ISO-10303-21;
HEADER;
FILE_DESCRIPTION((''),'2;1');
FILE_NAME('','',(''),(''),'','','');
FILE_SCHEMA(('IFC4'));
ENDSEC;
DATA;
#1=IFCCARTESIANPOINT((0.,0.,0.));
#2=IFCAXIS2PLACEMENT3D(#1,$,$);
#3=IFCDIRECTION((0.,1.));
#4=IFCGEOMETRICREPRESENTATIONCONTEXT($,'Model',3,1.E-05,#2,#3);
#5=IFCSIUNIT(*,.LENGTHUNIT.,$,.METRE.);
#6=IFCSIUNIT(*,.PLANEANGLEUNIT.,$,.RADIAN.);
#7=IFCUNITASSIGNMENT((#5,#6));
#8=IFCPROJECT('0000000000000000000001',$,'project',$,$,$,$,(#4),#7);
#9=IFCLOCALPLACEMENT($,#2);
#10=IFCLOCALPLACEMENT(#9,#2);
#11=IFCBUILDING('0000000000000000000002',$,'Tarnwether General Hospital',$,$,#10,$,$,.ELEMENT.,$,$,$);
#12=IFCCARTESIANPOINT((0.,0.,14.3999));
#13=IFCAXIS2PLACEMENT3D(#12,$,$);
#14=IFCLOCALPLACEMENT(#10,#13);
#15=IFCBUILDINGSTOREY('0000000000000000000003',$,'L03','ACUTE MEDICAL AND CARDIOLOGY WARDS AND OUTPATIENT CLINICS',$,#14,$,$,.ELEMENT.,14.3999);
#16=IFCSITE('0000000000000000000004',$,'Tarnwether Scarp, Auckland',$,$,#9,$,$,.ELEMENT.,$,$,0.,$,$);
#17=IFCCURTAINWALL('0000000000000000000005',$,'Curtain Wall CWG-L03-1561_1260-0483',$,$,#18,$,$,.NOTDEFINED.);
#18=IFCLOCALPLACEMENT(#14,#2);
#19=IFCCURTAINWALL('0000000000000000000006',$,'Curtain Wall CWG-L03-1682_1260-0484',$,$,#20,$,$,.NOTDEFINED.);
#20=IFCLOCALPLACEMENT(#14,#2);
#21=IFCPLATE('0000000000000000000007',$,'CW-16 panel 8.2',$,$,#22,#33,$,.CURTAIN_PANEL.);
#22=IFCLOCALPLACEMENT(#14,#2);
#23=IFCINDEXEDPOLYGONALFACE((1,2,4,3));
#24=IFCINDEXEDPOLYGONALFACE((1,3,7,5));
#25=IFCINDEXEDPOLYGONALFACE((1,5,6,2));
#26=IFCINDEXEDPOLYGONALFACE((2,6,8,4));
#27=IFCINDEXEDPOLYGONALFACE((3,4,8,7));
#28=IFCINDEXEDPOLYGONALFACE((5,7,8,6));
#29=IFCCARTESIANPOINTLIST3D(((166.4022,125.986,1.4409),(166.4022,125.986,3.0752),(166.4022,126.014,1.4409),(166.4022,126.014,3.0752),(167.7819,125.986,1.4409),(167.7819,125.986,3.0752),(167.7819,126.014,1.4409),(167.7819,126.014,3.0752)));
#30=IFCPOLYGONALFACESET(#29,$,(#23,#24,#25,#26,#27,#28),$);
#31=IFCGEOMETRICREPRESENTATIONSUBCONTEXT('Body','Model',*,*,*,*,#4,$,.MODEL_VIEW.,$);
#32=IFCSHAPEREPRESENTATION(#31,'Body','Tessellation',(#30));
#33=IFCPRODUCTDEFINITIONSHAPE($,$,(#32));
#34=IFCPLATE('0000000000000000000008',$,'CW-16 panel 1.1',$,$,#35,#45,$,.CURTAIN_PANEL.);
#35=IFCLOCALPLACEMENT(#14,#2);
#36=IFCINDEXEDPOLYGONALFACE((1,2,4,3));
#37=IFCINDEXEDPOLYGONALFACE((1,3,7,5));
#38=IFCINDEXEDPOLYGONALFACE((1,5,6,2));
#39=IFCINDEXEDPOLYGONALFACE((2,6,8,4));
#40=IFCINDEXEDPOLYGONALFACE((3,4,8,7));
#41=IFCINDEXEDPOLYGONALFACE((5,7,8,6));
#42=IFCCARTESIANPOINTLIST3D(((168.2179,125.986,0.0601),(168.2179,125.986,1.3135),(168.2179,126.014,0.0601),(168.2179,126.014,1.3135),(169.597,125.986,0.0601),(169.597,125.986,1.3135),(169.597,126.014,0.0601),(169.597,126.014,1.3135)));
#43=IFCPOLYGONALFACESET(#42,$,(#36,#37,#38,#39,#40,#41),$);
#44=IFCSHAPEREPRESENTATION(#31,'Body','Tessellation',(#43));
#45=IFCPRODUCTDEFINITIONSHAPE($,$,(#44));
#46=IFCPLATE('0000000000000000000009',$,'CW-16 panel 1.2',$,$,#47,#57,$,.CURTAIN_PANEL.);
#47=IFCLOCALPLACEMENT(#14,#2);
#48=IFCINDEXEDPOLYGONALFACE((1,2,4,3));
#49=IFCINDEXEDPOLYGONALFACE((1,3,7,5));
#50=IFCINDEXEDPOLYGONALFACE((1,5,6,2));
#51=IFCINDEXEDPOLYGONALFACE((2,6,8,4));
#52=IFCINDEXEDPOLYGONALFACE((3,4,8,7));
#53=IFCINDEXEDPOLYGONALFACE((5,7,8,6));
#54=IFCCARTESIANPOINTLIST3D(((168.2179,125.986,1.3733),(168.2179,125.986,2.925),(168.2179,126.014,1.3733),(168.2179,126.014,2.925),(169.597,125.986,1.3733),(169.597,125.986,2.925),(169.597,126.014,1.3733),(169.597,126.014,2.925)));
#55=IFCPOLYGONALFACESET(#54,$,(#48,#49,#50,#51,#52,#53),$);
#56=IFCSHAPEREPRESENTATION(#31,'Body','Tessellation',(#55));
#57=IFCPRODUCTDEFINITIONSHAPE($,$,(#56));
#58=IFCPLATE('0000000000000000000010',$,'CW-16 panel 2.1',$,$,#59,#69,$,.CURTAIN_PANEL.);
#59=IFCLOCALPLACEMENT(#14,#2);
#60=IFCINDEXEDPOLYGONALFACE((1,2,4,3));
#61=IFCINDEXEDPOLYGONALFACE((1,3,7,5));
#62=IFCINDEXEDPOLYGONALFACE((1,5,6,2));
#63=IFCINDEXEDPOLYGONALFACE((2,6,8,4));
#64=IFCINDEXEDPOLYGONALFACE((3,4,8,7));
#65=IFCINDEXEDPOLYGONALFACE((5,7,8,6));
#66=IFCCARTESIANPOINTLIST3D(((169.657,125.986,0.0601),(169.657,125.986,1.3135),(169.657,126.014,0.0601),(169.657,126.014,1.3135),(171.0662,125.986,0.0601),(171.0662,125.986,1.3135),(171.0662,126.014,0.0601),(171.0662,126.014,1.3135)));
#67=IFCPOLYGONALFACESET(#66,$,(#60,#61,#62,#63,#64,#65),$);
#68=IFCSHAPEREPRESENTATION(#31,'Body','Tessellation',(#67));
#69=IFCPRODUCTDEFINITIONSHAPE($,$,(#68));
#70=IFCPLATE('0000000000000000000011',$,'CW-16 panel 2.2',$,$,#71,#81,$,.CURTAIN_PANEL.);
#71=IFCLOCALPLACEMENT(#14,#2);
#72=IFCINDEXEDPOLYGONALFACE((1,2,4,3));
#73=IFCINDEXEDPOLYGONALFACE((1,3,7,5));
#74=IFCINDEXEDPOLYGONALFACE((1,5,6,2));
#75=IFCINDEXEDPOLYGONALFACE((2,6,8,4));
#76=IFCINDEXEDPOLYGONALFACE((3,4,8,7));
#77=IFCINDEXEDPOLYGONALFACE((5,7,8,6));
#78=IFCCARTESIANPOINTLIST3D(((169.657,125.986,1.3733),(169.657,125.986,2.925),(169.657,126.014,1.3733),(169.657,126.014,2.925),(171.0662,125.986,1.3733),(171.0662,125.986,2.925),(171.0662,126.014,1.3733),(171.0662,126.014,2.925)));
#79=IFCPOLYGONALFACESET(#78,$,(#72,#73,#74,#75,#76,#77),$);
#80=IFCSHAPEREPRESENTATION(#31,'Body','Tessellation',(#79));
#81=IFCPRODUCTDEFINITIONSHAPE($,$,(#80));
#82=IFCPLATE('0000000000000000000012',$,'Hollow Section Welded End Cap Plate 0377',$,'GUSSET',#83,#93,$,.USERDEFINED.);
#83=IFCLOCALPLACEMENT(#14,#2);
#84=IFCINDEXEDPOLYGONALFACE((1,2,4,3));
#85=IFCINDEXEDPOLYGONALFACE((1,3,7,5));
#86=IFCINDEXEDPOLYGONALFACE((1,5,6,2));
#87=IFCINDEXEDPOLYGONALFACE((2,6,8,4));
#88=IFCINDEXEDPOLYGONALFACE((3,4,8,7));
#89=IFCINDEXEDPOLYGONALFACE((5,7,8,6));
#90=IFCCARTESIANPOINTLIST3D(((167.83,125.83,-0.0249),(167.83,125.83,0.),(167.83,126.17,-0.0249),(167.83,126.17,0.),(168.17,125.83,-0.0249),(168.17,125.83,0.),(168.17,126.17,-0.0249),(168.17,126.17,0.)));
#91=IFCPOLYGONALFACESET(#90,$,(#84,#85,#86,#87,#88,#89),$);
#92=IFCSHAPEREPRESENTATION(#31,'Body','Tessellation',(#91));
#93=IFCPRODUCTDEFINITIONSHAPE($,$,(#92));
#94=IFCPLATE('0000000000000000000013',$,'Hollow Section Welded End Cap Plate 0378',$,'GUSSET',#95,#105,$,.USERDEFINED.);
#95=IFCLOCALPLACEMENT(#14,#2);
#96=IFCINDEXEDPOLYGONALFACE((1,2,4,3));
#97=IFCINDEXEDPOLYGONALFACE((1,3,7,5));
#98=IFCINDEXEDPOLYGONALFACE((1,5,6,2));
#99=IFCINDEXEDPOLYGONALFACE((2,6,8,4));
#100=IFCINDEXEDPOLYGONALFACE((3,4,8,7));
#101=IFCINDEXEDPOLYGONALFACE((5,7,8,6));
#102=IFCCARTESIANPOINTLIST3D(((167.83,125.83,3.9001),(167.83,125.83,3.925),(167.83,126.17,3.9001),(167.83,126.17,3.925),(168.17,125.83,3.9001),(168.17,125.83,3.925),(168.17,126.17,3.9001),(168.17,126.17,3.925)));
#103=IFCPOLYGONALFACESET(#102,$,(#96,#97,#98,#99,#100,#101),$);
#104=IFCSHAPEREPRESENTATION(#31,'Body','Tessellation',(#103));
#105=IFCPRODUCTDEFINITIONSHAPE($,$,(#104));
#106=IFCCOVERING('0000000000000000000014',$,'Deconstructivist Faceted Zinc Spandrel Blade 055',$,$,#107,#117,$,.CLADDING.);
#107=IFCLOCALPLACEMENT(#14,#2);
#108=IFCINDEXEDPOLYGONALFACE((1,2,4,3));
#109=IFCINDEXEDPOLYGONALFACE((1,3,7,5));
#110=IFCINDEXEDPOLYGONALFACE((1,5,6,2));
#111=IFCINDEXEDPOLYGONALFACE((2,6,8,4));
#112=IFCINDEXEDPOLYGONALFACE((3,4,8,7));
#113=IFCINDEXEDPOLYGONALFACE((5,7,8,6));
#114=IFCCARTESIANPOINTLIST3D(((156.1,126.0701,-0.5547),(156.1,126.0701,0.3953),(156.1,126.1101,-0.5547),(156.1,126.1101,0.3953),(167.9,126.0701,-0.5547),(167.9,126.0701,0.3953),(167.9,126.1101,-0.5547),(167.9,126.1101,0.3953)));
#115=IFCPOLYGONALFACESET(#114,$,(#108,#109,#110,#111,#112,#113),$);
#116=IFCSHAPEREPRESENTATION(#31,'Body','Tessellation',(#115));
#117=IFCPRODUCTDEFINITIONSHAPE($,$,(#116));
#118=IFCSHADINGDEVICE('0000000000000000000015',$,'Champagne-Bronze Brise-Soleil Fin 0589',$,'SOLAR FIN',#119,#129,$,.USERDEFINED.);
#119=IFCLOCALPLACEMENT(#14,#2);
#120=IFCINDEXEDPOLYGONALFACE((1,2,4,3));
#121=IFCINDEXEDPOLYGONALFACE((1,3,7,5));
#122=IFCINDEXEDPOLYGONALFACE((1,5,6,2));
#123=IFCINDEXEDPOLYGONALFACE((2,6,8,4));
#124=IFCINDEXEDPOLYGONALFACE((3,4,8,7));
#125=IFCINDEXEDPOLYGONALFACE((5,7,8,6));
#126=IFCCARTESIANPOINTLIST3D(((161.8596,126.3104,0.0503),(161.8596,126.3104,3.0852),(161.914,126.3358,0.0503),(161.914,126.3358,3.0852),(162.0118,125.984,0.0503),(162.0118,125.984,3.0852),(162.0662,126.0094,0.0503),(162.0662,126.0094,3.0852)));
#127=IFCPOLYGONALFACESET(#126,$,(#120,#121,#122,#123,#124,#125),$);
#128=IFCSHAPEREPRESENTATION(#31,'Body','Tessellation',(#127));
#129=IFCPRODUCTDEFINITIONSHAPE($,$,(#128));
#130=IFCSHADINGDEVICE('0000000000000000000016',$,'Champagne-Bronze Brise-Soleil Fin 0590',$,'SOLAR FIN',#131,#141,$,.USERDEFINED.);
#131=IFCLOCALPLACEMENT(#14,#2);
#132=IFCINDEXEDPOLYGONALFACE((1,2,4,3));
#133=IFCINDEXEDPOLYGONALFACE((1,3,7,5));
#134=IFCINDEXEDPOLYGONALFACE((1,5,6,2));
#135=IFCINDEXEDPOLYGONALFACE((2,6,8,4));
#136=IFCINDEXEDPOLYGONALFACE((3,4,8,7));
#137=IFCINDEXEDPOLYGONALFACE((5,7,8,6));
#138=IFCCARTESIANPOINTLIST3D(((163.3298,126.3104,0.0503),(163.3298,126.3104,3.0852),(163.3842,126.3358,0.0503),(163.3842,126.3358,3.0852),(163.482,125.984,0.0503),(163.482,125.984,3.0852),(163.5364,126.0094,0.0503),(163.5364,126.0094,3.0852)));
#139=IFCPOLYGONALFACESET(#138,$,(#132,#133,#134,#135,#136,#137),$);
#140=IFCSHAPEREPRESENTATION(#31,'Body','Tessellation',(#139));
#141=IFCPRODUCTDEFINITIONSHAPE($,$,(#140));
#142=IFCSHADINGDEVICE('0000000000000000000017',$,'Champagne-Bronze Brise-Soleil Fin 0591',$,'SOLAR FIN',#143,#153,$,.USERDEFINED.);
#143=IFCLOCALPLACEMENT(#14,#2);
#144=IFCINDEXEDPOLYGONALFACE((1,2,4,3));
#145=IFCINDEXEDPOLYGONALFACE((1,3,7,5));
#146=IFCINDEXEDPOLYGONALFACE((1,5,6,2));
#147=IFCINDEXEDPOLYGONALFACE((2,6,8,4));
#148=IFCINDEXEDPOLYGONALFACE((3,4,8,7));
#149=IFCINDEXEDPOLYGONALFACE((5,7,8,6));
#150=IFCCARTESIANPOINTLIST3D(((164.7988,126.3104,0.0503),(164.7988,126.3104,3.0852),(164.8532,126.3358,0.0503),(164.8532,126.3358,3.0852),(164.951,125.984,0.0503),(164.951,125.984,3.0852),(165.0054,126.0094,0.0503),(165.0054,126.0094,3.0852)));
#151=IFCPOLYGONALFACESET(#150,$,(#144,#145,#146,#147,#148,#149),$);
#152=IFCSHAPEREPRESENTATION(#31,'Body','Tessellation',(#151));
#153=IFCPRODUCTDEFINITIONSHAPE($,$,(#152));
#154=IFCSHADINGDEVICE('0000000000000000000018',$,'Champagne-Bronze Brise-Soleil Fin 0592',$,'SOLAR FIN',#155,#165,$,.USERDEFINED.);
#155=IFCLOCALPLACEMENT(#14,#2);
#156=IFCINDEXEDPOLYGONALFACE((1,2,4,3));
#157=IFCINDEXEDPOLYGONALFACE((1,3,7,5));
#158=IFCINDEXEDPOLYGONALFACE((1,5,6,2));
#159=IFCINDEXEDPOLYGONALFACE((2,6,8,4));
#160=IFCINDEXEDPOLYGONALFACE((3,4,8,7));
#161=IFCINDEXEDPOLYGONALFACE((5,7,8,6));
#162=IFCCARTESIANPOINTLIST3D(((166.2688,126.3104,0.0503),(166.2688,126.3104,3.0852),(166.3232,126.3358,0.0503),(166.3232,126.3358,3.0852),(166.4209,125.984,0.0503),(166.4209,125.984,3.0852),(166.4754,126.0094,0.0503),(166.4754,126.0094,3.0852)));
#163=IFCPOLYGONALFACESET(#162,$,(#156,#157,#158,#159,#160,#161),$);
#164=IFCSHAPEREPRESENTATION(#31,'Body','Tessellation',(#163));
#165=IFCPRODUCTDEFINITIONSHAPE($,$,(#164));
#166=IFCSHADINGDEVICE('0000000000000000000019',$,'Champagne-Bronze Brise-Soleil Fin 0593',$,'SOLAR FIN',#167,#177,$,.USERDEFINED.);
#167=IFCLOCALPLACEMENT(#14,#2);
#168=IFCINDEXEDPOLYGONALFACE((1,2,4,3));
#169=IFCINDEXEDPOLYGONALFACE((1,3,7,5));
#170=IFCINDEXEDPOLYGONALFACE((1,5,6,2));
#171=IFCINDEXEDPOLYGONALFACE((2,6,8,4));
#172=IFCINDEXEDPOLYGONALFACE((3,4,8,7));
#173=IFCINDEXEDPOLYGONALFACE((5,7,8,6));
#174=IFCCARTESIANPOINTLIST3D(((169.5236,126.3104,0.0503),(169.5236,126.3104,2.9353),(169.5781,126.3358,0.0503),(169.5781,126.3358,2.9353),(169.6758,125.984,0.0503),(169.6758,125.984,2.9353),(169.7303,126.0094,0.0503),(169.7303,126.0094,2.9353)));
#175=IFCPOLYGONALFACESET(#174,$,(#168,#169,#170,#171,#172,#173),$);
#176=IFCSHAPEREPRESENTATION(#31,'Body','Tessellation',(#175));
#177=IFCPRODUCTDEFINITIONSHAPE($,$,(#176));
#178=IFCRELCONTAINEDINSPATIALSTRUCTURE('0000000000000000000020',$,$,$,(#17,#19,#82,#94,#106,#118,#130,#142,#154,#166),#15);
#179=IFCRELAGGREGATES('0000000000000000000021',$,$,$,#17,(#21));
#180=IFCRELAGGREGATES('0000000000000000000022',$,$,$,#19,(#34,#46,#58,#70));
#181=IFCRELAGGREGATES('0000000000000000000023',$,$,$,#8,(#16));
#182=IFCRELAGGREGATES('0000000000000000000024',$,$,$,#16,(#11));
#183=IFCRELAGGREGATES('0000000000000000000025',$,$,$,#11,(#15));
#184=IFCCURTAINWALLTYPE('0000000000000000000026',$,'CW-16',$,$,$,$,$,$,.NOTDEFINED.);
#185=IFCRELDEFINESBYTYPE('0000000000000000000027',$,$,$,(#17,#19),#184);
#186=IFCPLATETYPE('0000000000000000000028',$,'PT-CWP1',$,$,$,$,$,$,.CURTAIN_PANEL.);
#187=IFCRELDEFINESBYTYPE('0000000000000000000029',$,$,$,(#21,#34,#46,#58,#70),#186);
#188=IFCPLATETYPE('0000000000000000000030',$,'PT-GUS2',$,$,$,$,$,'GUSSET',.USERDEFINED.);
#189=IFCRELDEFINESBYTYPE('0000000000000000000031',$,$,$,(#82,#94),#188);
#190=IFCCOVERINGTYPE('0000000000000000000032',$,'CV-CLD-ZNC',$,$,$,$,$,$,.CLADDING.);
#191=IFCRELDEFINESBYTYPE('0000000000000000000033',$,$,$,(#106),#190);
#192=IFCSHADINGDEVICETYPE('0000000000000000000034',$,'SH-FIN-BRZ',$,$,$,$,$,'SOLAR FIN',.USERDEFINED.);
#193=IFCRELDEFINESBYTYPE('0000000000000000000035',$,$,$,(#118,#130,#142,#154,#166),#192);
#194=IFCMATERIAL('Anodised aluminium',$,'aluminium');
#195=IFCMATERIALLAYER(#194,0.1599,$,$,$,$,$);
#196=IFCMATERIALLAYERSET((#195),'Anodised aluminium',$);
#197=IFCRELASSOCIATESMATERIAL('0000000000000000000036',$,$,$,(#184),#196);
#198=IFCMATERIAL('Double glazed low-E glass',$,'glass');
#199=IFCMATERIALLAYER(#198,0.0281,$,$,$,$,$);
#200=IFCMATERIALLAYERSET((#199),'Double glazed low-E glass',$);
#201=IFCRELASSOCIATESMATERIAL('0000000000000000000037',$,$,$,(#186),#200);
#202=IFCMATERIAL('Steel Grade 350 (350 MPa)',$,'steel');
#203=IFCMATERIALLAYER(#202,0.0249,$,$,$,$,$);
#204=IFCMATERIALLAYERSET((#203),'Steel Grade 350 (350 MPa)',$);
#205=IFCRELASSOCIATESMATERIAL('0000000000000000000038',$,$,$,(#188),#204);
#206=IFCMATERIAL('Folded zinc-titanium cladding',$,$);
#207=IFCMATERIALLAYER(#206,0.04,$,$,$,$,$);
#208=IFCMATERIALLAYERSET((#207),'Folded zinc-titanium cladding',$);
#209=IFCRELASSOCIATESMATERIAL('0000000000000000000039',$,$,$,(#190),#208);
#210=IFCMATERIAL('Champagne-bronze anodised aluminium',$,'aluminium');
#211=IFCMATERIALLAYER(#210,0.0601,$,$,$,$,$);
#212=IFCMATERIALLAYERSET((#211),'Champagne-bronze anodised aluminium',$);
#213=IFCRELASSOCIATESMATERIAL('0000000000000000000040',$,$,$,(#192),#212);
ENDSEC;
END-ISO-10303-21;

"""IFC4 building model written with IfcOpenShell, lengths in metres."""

from ifc_helpers import new_model, si_unit, direction, frame, origin, origin_2d, place, context, subcontext, project, spatial, rectangle, extrude, material, layer, layer_set, type_object, element, aggregate, save


model = new_model("IFC4")

# Units and contexts
model_context = context("Model", 3, precision=1e-05, world=origin(), true_north=direction((0.0, 1.0)))
body_context = subcontext(model_context, "Body", "Model", "MODEL_VIEW")
ifc_project = project(units=[si_unit("LENGTHUNIT", "METRE"), si_unit("PLANEANGLEUNIT", "RADIAN")], contexts=[model_context])

# Site, building, storey
site_placement = place(None, origin())
site = spatial("IfcSite", under=ifc_project, at=site_placement, Name="Tarnwether Scarp, Auckland", CompositionType="ELEMENT", RefElevation=0.0)
building_placement = place(site_placement, origin())
building = spatial("IfcBuilding", under=site, at=building_placement, Name="Tarnwether General Hospital", CompositionType="ELEMENT")
storey_placement = place(building_placement, frame((0.0, 0.0, 14.3999)))
storey = spatial("IfcBuildingStorey", under=building, at=storey_placement, Name="L03", Description="ACUTE MEDICAL AND CARDIOLOGY WARDS AND OUTPATIENT CLINICS", CompositionType="ELEMENT", Elevation=14.3999)

# Curtain wall
ifc_material_1 = material(Name="Anodised aluminium", Category="aluminium")
ifc_layer_1 = layer(ifc_material_1, 0.1599)
ifc_layer_set_1 = layer_set([ifc_layer_1], Name="Anodised aluminium")
curtain_wall_type = type_object("IfcCurtainWallType", Name="CW-16", PredefinedType="NOTDEFINED", material=ifc_layer_set_1)
curtain_wall_1_placement = place(storey_placement, origin())
curtain_wall_1 = element("IfcCurtainWall", 1, at=curtain_wall_1_placement, inside=storey, type_object=curtain_wall_type, Name="Curtain Wall CWG-L03-1561_1260-0483", PredefinedType="NOTDEFINED")

# Curtain wall
curtain_wall_2_placement = place(storey_placement, origin())
curtain_wall_2 = element("IfcCurtainWall", 2, at=curtain_wall_2_placement, inside=storey, type_object=curtain_wall_type, Name="Curtain Wall CWG-L03-1682_1260-0484", PredefinedType="NOTDEFINED")

# Plates
ifc_material_2 = material(Name="Double glazed low-E glass", Category="glass")
ifc_layer_2 = layer(ifc_material_2, 0.0281)
ifc_layer_set_2 = layer_set([ifc_layer_2], Name="Double glazed low-E glass")
plate_type_1 = type_object("IfcPlateType", Name="PT-CWP1", PredefinedType="CURTAIN_PANEL", material=ifc_layer_set_2)
plate_1_placement = place(storey_placement, frame((167.092, 126.0, 1.4409), z_axis=(0.0, 0.0, 1.0), x_axis=(1.0, 0.0, 0.0)))
plate_1 = element("IfcPlate", 3, at=plate_1_placement, type_object=plate_type_1, Name="CW-16 panel 8.2", PredefinedType="CURTAIN_PANEL", context=body_context, shape_type="SweptSolid", body=[
    extrude(rectangle(XDim=1.3796, YDim=0.0281, at=origin_2d()), origin(), (0.0, 0.0, 1.0), 1.6343),
])
aggregate(curtain_wall_1, [plate_1])
plate_2_placement = place(storey_placement, frame((168.9075, 126.0, 0.0601), z_axis=(0.0, 0.0, 1.0), x_axis=(1.0, 0.0, 0.0)))
plate_2 = element("IfcPlate", 4, at=plate_2_placement, type_object=plate_type_1, Name="CW-16 panel 1.1", PredefinedType="CURTAIN_PANEL", context=body_context, shape_type="SweptSolid", body=[
    extrude(rectangle(XDim=1.3792, YDim=0.0281, at=origin_2d()), origin(), (0.0, 0.0, 1.0), 1.2534),
])
plate_3_placement = place(storey_placement, frame((168.9075, 126.0, 1.3733), z_axis=(0.0, 0.0, 1.0), x_axis=(1.0, 0.0, 0.0)))
plate_3 = element("IfcPlate", 5, at=plate_3_placement, type_object=plate_type_1, Name="CW-16 panel 1.2", PredefinedType="CURTAIN_PANEL", context=body_context, shape_type="SweptSolid", body=[
    extrude(rectangle(XDim=1.3792, YDim=0.0281, at=origin_2d()), origin(), (0.0, 0.0, 1.0), 1.5518),
])
plate_4_placement = place(storey_placement, frame((170.3616, 126.0, 0.0601), z_axis=(0.0, 0.0, 1.0), x_axis=(1.0, 0.0, 0.0)))
plate_4 = element("IfcPlate", 6, at=plate_4_placement, type_object=plate_type_1, Name="CW-16 panel 2.1", PredefinedType="CURTAIN_PANEL", context=body_context, shape_type="SweptSolid", body=[
    extrude(rectangle(XDim=1.4092, YDim=0.0281, at=origin_2d()), origin(), (0.0, 0.0, 1.0), 1.2534),
])
plate_5_placement = place(storey_placement, frame((170.3616, 126.0, 1.3733), z_axis=(0.0, 0.0, 1.0), x_axis=(1.0, 0.0, 0.0)))
plate_5 = element("IfcPlate", 7, at=plate_5_placement, type_object=plate_type_1, Name="CW-16 panel 2.2", PredefinedType="CURTAIN_PANEL", context=body_context, shape_type="SweptSolid", body=[
    extrude(rectangle(XDim=1.4092, YDim=0.0281, at=origin_2d()), origin(), (0.0, 0.0, 1.0), 1.5518),
])
aggregate(curtain_wall_2, [plate_2, plate_3, plate_4, plate_5])

# Plates
ifc_material_3 = material(Name="Steel Grade 350 (350 MPa)", Category="steel")
ifc_layer_3 = layer(ifc_material_3, 0.0249)
ifc_layer_set_3 = layer_set([ifc_layer_3], Name="Steel Grade 350 (350 MPa)")
plate_type_2 = type_object("IfcPlateType", Name="PT-GUS2", ElementType="GUSSET", PredefinedType="USERDEFINED", material=ifc_layer_set_3)
for number, where, z_axis, x_axis, name in (
    (8, (168.0, 126.0, -0.0249), (0.0, 0.0, 1.0), (1.0, 0.0, 0.0), "Hollow Section Welded End Cap Plate 0377"),
    (9, (168.0, 126.0, 3.9001), (0.0, 0.0, 1.0), (1.0, 0.0, 0.0), "Hollow Section Welded End Cap Plate 0378"),
):
    element("IfcPlate", number, at=place(storey_placement, frame(where, z_axis=z_axis, x_axis=x_axis)), inside=storey, type_object=plate_type_2, Name=name, ObjectType="GUSSET", PredefinedType="USERDEFINED", context=body_context, shape_type="SweptSolid", body=[
        extrude(rectangle(XDim=0.3401, YDim=0.3401, at=origin_2d()), origin(), (0.0, 0.0, 1.0), 0.0249),
    ])

# Covering
ifc_material_4 = material(Name="Folded zinc-titanium cladding")
ifc_layer_4 = layer(ifc_material_4, 0.04)
ifc_layer_set_4 = layer_set([ifc_layer_4], Name="Folded zinc-titanium cladding")
covering_type = type_object("IfcCoveringType", Name="CV-CLD-ZNC", PredefinedType="CLADDING", material=ifc_layer_set_4)
covering_placement = place(storey_placement, frame((162.0, 126.0901, -0.5547), z_axis=(0.0, 0.0, 1.0), x_axis=(1.0, 0.0, 0.0)))
element("IfcCovering", 10, at=covering_placement, inside=storey, type_object=covering_type, Name="Deconstructivist Faceted Zinc Spandrel Blade 055", PredefinedType="CLADDING", context=body_context, shape_type="SweptSolid", body=[
    extrude(rectangle(XDim=11.8, YDim=0.04, at=origin_2d()), origin(), (0.0, 0.0, 1.0), 0.95),
])

# Shading devices
ifc_material_5 = material(Name="Champagne-bronze anodised aluminium", Category="aluminium")
ifc_layer_5 = layer(ifc_material_5, 0.0601)
ifc_layer_set_5 = layer_set([ifc_layer_5], Name="Champagne-bronze anodised aluminium")
shading_device_type = type_object("IfcShadingDeviceType", Name="SH-FIN-BRZ", ElementType="SOLAR FIN", PredefinedType="USERDEFINED", material=ifc_layer_set_5)
for number, where, z_axis, x_axis, name in (
    (11, (161.9629, 126.1599, 0.0503), (0.0, 0.0, 1.0), (0.906308, 0.422618, 0.0), "Champagne-Bronze Brise-Soleil Fin 0589"),
    (12, (163.4331, 126.1599, 0.0503), (0.0, 0.0, 1.0), (0.906308, 0.422618, 0.0), "Champagne-Bronze Brise-Soleil Fin 0590"),
    (13, (164.9021, 126.1599, 0.0503), (0.0, 0.0, 1.0), (0.906308, 0.422618, 0.0), "Champagne-Bronze Brise-Soleil Fin 0591"),
    (14, (166.3721, 126.1599, 0.0503), (0.0, 0.0, 1.0), (0.906308, 0.422618, 0.0), "Champagne-Bronze Brise-Soleil Fin 0592"),
):
    element("IfcShadingDevice", number, at=place(storey_placement, frame(where, z_axis=z_axis, x_axis=x_axis)), inside=storey, type_object=shading_device_type, Name=name, ObjectType="SOLAR FIN", PredefinedType="USERDEFINED", context=body_context, shape_type="SweptSolid", body=[
        extrude(rectangle(XDim=0.0601, YDim=0.3601, at=origin_2d()), origin(), (0.0, 0.0, 1.0), 3.0349),
    ])
shading_device_placement = place(storey_placement, frame((169.627, 126.1599, 0.0503), z_axis=(0.0, 0.0, 1.0), x_axis=(0.906308, 0.422618, 0.0)))
element("IfcShadingDevice", 15, at=shading_device_placement, inside=storey, type_object=shading_device_type, Name="Champagne-Bronze Brise-Soleil Fin 0593", ObjectType="SOLAR FIN", PredefinedType="USERDEFINED", context=body_context, shape_type="SweptSolid", body=[
    extrude(rectangle(XDim=0.0601, YDim=0.3601, at=origin_2d()), origin(), (0.0, 0.0, 1.0), 2.885),
])

save(model, "model.ifc")
